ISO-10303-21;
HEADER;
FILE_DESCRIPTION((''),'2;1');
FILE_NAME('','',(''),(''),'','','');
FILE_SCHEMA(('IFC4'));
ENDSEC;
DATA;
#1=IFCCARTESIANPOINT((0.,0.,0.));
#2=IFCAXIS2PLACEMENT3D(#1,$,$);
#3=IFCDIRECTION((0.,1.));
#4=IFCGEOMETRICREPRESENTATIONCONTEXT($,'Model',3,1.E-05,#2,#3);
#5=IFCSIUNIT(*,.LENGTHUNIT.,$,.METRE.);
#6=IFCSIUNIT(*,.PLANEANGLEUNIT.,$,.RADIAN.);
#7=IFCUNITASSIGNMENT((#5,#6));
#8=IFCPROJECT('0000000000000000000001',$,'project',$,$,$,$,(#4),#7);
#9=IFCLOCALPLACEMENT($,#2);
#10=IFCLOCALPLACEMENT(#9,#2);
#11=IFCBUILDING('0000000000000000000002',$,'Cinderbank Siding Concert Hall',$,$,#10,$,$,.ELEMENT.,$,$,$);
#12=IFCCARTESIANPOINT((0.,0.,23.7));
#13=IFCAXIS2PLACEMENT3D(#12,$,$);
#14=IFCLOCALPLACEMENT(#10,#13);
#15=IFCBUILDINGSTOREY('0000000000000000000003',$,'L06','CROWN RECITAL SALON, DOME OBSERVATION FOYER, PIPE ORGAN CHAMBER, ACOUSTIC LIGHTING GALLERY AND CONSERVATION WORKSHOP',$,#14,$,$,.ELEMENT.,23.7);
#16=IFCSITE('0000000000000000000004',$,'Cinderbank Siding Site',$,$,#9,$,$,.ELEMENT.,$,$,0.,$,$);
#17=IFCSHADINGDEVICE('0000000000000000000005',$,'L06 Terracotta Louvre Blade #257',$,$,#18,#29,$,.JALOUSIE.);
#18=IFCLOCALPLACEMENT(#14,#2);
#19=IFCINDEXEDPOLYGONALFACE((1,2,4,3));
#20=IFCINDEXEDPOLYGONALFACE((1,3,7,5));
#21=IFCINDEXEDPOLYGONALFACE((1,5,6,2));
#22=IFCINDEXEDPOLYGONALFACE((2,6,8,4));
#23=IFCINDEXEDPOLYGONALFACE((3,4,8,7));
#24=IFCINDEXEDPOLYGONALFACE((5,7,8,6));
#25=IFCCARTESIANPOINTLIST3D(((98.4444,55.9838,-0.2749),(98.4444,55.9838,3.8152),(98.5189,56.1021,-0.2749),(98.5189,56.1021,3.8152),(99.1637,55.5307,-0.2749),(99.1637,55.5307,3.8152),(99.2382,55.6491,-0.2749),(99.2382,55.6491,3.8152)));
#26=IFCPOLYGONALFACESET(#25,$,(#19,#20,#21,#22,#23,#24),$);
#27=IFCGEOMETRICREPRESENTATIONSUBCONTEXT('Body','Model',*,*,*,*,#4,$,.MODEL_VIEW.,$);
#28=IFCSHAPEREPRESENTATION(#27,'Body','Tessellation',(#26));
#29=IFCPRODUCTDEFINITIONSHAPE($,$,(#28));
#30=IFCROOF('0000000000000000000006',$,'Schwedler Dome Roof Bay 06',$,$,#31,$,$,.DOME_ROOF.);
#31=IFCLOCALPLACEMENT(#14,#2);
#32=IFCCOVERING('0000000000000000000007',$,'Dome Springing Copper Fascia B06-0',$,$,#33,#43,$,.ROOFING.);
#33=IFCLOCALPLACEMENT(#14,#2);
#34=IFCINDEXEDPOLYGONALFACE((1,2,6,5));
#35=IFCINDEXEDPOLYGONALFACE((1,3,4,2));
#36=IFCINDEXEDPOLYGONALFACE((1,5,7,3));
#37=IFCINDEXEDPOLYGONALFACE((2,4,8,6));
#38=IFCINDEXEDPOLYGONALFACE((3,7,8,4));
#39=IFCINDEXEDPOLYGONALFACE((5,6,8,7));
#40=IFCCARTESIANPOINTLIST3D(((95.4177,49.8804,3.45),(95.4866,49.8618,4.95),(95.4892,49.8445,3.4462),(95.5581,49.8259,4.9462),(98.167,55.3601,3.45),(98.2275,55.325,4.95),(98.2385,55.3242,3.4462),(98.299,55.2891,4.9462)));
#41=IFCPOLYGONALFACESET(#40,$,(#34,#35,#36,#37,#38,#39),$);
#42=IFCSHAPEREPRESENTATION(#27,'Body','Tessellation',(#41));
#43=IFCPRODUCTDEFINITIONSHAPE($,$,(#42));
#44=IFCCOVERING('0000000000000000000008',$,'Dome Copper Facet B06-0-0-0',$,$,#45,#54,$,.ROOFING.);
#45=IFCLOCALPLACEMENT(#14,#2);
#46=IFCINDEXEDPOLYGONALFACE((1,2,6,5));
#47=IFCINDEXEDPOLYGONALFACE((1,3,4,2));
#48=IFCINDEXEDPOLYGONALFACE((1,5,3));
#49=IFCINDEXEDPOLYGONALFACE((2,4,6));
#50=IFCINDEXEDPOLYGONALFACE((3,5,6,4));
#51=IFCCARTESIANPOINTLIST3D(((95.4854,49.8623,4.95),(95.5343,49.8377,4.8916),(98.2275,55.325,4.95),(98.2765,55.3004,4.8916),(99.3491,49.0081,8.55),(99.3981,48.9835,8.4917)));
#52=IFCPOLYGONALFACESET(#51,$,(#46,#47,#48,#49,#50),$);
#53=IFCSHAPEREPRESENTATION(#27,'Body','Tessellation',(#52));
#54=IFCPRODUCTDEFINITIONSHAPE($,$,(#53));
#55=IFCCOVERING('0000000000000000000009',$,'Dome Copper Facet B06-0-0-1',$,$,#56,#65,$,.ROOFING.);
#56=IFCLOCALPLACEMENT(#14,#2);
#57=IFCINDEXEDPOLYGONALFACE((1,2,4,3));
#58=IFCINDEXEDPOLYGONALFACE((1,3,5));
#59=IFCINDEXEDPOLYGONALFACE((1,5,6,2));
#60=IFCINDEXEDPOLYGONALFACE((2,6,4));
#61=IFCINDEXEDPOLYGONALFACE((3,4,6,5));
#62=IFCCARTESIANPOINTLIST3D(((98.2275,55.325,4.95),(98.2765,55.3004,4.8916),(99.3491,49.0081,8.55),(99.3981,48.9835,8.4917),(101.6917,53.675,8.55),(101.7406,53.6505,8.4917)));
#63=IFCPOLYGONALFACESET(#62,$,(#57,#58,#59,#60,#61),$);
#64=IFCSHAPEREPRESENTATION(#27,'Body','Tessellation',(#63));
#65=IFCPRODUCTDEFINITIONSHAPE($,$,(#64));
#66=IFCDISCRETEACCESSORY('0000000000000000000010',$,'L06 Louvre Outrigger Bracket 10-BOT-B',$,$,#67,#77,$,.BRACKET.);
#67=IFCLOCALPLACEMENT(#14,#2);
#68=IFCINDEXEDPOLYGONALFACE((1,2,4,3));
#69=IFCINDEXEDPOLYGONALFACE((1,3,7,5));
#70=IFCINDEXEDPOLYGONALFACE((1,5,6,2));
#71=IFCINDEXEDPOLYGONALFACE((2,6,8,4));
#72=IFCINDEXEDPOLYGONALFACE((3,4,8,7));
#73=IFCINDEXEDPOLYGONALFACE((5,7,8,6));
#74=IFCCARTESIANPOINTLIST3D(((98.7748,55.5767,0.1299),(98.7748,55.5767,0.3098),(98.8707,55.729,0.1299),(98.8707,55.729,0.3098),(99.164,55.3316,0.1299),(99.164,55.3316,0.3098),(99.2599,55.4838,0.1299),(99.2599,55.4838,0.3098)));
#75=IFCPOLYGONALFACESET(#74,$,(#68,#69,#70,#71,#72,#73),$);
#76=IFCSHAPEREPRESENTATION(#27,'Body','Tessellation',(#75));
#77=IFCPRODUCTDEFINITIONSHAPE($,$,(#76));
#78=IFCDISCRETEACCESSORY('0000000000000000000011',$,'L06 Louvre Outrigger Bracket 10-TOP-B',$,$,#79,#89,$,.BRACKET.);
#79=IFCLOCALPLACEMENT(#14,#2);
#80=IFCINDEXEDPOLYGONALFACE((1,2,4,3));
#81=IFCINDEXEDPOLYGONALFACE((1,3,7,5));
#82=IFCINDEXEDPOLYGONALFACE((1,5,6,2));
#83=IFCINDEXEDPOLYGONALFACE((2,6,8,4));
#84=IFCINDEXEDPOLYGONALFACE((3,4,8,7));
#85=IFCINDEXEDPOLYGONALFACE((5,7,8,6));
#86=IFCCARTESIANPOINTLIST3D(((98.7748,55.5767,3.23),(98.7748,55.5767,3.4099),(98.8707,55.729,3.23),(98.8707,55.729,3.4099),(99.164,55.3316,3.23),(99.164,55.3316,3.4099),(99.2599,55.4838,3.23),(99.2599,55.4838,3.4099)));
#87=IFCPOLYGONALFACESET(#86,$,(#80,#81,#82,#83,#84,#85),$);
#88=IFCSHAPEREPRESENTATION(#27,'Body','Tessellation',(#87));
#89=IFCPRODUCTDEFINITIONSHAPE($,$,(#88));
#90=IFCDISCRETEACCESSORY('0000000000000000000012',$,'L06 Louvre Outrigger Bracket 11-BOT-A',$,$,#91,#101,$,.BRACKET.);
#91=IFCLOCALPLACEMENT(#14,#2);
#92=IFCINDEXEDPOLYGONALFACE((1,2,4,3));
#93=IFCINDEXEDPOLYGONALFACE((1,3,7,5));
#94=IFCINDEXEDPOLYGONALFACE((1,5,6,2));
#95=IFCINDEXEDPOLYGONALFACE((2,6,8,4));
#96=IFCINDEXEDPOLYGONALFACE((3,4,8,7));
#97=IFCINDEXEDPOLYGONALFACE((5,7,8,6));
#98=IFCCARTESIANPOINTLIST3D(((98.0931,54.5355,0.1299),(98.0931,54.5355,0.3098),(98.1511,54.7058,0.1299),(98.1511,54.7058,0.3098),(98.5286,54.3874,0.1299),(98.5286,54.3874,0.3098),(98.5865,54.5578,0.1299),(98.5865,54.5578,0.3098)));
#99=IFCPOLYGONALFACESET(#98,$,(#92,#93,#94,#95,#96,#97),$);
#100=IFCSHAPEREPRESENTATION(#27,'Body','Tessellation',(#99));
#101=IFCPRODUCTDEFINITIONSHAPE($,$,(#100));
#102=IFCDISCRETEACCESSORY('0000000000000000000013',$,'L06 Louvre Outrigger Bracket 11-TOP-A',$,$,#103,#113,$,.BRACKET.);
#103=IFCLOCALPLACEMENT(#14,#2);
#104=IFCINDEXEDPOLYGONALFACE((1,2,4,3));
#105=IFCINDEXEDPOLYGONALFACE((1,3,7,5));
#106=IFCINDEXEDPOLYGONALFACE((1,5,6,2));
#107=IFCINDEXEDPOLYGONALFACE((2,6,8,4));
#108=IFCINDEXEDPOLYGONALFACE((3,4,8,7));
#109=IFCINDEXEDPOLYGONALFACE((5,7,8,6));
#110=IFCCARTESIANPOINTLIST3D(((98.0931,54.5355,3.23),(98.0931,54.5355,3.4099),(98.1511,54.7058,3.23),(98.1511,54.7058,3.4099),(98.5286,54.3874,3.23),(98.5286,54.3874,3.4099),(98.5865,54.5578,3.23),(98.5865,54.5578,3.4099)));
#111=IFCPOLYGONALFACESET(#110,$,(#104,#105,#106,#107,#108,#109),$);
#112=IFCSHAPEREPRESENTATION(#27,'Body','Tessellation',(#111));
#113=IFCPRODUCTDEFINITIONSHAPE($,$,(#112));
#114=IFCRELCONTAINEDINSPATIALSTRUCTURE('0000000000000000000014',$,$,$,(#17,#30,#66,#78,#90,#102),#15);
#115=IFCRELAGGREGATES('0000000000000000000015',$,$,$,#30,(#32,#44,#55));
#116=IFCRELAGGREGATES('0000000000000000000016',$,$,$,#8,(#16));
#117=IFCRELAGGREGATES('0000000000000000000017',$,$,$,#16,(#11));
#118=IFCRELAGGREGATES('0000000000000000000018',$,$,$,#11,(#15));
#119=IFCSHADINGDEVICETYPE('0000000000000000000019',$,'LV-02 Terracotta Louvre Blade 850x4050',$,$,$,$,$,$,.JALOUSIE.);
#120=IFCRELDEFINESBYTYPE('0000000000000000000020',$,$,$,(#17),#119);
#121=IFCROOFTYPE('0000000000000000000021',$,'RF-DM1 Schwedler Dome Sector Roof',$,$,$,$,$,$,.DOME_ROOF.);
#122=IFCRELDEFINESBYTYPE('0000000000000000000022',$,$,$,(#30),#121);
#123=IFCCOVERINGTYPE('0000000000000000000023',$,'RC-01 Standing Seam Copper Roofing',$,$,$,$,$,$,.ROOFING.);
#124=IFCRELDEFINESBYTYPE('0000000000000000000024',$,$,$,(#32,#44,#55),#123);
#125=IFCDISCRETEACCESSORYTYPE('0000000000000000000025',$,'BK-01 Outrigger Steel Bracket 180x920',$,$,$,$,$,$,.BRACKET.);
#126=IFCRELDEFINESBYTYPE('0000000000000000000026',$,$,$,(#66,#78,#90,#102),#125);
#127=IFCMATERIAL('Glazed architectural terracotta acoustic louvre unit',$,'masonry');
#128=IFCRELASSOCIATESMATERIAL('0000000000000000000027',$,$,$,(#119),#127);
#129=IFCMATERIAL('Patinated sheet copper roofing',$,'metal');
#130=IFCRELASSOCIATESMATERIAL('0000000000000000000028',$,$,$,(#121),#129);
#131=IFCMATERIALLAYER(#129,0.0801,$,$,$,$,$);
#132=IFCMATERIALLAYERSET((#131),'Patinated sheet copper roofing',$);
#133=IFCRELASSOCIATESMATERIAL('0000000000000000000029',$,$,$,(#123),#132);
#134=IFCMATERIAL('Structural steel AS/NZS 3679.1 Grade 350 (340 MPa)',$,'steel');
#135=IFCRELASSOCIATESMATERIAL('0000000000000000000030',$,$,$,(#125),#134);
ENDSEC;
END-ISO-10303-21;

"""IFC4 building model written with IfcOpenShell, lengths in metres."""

from ifc_helpers import new_model, si_unit, direction, frame, origin, origin_2d, place, context, subcontext, project, spatial, polyline, rectangle, outline, extrude, material, layer, layer_set, type_object, element, aggregate, save


model = new_model("IFC4")

# Units and contexts
model_context = context("Model", 3, precision=1e-05, world=origin(), true_north=direction((0.0, 1.0)))
body_context = subcontext(model_context, "Body", "Model", "MODEL_VIEW")
ifc_project = project(units=[si_unit("LENGTHUNIT", "METRE"), si_unit("PLANEANGLEUNIT", "RADIAN")], contexts=[model_context])

# Site, building, storey
site_placement = place(None, origin())
site = spatial("IfcSite", under=ifc_project, at=site_placement, Name="Cinderbank Siding Site", CompositionType="ELEMENT", RefElevation=0.0)
building_placement = place(site_placement, origin())
building = spatial("IfcBuilding", under=site, at=building_placement, Name="Cinderbank Siding Concert Hall", CompositionType="ELEMENT")
storey_placement = place(building_placement, frame((0.0, 0.0, 23.7)))
storey = spatial("IfcBuildingStorey", under=building, at=storey_placement, Name="L06", Description="CROWN RECITAL SALON, DOME OBSERVATION FOYER, PIPE ORGAN CHAMBER, ACOUSTIC LIGHTING GALLERY AND CONSERVATION WORKSHOP", CompositionType="ELEMENT", Elevation=23.7)

# Shading device
ifc_material_1 = material(Name="Glazed architectural terracotta acoustic louvre unit", Category="masonry")
shading_device_type = type_object("IfcShadingDeviceType", Name="LV-02 Terracotta Louvre Blade 850x4050", PredefinedType="JALOUSIE", material=ifc_material_1)
shading_device_placement = place(storey_placement, frame((98.8413, 55.8164, -0.2749), z_axis=(0.0, 0.0, 1.0), x_axis=(-0.846132, 0.532973, 0.0)))
element("IfcShadingDevice", 1, at=shading_device_placement, inside=storey, type_object=shading_device_type, Name="L06 Terracotta Louvre Blade #257", PredefinedType="JALOUSIE", context=body_context, shape_type="SweptSolid", body=[
    extrude(rectangle(XDim=0.8501, YDim=0.1399, at=origin_2d()), origin(), (0.0, 0.0, 1.0), 4.0901),
])

# Roof, coverings
ifc_material_2 = material(Name="Patinated sheet copper roofing", Category="metal")
roof_type = type_object("IfcRoofType", Name="RF-DM1 Schwedler Dome Sector Roof", PredefinedType="DOME_ROOF", material=ifc_material_2)
roof_placement = place(storey_placement, origin())
roof = element("IfcRoof", 2, at=roof_placement, inside=storey, type_object=roof_type, Name="Schwedler Dome Roof Bay 06", PredefinedType="DOME_ROOF")
ifc_layer_1 = layer(ifc_material_2, 0.0801)
ifc_layer_set_1 = layer_set([ifc_layer_1], Name="Patinated sheet copper roofing")
covering_type = type_object("IfcCoveringType", Name="RC-01 Standing Seam Copper Roofing", PredefinedType="ROOFING", material=ifc_layer_set_1)
covering_1_placement = place(storey_placement, frame((98.167, 55.3601, 3.45), z_axis=(-0.892844, 0.447956, 0.04653), x_axis=(-0.448442, -0.893812, 0.0)))
covering_1 = element("IfcCovering", 3, at=covering_1_placement, type_object=covering_type, Name="Dome Springing Copper Fascia B06-0", PredefinedType="ROOFING", context=body_context, shape_type="SweptSolid", body=[
    extrude(outline(polyline([(0.0, 0.0), (6.1307, 0.0), (6.1165, 1.5016), (0.0043, 1.5016), (0.0, 0.0)])), origin(), (0.0, 0.0, -1.0), 0.0801),
])
covering_2_placement = place(storey_placement, frame((98.2275, 55.325, 4.95), z_axis=(-0.611566, 0.306999, 0.729204), x_axis=(-0.448635, -0.893715, 0.0)))
covering_2 = element("IfcCovering", 4, at=covering_2_placement, type_object=covering_type, Name="Dome Copper Facet B06-0-0-0", PredefinedType="ROOFING", context=body_context, shape_type="SweptSolid", body=[
    extrude(outline(polyline([(0.0, 0.0), (6.1123, 0.0), (5.1423, 5.261), (0.0, 0.0)])), origin(), (0.0, 0.0, -1.0), 0.0801),
])
covering_3_placement = place(storey_placement, frame((98.2275, 55.325, 4.95), z_axis=(-0.611598, 0.306983, 0.729184), x_axis=(0.152456, -0.858653, 0.48936)))
covering_3 = element("IfcCovering", 5, at=covering_3_placement, type_object=covering_type, Name="Dome Copper Facet B06-0-0-1", PredefinedType="ROOFING", context=body_context, shape_type="SweptSolid", body=[
    extrude(outline(polyline([(0.0, 0.0), (7.3568, 0.0), (3.7066, 3.7342), (0.0, 0.0)])), origin(), (0.0, 0.0, -1.0), 0.0801),
])
aggregate(roof, [covering_1, covering_2, covering_3])

# Discrete accessories
ifc_material_3 = material(Name="Structural steel AS/NZS 3679.1 Grade 350 (340 MPa)", Category="steel")
discrete_accessory_type = type_object("IfcDiscreteAccessoryType", Name="BK-01 Outrigger Steel Bracket 180x920", PredefinedType="BRACKET", material=ifc_material_3)
for number, where, z_axis, x_axis, name in (
    (6, (99.0173, 55.5303, 0.1299), (0.0, 0.0, 1.0), (-0.846132, 0.532973, 0.0), "L06 Louvre Outrigger Bracket 10-BOT-B"),
    (7, (99.0173, 55.5303, 3.23), (0.0, 0.0, 1.0), (-0.846132, 0.532973, 0.0), "L06 Louvre Outrigger Bracket 10-TOP-B"),
    (8, (98.3398, 54.5466, 0.1299), (0.0, 0.0, 1.0), (-0.946765, 0.321924, 0.0), "L06 Louvre Outrigger Bracket 11-BOT-A"),
    (9, (98.3398, 54.5466, 3.23), (0.0, 0.0, 1.0), (-0.946765, 0.321924, 0.0), "L06 Louvre Outrigger Bracket 11-TOP-A"),
):
    element("IfcDiscreteAccessory", number, at=place(storey_placement, frame(where, z_axis=z_axis, x_axis=x_axis)), inside=storey, type_object=discrete_accessory_type, Name=name, PredefinedType="BRACKET", context=body_context, shape_type="SweptSolid", body=[
        extrude(rectangle(XDim=0.46, YDim=0.1799, at=origin_2d()), origin(), (0.0, 0.0, 1.0), 0.1799),
    ])

save(model, "model.ifc")
